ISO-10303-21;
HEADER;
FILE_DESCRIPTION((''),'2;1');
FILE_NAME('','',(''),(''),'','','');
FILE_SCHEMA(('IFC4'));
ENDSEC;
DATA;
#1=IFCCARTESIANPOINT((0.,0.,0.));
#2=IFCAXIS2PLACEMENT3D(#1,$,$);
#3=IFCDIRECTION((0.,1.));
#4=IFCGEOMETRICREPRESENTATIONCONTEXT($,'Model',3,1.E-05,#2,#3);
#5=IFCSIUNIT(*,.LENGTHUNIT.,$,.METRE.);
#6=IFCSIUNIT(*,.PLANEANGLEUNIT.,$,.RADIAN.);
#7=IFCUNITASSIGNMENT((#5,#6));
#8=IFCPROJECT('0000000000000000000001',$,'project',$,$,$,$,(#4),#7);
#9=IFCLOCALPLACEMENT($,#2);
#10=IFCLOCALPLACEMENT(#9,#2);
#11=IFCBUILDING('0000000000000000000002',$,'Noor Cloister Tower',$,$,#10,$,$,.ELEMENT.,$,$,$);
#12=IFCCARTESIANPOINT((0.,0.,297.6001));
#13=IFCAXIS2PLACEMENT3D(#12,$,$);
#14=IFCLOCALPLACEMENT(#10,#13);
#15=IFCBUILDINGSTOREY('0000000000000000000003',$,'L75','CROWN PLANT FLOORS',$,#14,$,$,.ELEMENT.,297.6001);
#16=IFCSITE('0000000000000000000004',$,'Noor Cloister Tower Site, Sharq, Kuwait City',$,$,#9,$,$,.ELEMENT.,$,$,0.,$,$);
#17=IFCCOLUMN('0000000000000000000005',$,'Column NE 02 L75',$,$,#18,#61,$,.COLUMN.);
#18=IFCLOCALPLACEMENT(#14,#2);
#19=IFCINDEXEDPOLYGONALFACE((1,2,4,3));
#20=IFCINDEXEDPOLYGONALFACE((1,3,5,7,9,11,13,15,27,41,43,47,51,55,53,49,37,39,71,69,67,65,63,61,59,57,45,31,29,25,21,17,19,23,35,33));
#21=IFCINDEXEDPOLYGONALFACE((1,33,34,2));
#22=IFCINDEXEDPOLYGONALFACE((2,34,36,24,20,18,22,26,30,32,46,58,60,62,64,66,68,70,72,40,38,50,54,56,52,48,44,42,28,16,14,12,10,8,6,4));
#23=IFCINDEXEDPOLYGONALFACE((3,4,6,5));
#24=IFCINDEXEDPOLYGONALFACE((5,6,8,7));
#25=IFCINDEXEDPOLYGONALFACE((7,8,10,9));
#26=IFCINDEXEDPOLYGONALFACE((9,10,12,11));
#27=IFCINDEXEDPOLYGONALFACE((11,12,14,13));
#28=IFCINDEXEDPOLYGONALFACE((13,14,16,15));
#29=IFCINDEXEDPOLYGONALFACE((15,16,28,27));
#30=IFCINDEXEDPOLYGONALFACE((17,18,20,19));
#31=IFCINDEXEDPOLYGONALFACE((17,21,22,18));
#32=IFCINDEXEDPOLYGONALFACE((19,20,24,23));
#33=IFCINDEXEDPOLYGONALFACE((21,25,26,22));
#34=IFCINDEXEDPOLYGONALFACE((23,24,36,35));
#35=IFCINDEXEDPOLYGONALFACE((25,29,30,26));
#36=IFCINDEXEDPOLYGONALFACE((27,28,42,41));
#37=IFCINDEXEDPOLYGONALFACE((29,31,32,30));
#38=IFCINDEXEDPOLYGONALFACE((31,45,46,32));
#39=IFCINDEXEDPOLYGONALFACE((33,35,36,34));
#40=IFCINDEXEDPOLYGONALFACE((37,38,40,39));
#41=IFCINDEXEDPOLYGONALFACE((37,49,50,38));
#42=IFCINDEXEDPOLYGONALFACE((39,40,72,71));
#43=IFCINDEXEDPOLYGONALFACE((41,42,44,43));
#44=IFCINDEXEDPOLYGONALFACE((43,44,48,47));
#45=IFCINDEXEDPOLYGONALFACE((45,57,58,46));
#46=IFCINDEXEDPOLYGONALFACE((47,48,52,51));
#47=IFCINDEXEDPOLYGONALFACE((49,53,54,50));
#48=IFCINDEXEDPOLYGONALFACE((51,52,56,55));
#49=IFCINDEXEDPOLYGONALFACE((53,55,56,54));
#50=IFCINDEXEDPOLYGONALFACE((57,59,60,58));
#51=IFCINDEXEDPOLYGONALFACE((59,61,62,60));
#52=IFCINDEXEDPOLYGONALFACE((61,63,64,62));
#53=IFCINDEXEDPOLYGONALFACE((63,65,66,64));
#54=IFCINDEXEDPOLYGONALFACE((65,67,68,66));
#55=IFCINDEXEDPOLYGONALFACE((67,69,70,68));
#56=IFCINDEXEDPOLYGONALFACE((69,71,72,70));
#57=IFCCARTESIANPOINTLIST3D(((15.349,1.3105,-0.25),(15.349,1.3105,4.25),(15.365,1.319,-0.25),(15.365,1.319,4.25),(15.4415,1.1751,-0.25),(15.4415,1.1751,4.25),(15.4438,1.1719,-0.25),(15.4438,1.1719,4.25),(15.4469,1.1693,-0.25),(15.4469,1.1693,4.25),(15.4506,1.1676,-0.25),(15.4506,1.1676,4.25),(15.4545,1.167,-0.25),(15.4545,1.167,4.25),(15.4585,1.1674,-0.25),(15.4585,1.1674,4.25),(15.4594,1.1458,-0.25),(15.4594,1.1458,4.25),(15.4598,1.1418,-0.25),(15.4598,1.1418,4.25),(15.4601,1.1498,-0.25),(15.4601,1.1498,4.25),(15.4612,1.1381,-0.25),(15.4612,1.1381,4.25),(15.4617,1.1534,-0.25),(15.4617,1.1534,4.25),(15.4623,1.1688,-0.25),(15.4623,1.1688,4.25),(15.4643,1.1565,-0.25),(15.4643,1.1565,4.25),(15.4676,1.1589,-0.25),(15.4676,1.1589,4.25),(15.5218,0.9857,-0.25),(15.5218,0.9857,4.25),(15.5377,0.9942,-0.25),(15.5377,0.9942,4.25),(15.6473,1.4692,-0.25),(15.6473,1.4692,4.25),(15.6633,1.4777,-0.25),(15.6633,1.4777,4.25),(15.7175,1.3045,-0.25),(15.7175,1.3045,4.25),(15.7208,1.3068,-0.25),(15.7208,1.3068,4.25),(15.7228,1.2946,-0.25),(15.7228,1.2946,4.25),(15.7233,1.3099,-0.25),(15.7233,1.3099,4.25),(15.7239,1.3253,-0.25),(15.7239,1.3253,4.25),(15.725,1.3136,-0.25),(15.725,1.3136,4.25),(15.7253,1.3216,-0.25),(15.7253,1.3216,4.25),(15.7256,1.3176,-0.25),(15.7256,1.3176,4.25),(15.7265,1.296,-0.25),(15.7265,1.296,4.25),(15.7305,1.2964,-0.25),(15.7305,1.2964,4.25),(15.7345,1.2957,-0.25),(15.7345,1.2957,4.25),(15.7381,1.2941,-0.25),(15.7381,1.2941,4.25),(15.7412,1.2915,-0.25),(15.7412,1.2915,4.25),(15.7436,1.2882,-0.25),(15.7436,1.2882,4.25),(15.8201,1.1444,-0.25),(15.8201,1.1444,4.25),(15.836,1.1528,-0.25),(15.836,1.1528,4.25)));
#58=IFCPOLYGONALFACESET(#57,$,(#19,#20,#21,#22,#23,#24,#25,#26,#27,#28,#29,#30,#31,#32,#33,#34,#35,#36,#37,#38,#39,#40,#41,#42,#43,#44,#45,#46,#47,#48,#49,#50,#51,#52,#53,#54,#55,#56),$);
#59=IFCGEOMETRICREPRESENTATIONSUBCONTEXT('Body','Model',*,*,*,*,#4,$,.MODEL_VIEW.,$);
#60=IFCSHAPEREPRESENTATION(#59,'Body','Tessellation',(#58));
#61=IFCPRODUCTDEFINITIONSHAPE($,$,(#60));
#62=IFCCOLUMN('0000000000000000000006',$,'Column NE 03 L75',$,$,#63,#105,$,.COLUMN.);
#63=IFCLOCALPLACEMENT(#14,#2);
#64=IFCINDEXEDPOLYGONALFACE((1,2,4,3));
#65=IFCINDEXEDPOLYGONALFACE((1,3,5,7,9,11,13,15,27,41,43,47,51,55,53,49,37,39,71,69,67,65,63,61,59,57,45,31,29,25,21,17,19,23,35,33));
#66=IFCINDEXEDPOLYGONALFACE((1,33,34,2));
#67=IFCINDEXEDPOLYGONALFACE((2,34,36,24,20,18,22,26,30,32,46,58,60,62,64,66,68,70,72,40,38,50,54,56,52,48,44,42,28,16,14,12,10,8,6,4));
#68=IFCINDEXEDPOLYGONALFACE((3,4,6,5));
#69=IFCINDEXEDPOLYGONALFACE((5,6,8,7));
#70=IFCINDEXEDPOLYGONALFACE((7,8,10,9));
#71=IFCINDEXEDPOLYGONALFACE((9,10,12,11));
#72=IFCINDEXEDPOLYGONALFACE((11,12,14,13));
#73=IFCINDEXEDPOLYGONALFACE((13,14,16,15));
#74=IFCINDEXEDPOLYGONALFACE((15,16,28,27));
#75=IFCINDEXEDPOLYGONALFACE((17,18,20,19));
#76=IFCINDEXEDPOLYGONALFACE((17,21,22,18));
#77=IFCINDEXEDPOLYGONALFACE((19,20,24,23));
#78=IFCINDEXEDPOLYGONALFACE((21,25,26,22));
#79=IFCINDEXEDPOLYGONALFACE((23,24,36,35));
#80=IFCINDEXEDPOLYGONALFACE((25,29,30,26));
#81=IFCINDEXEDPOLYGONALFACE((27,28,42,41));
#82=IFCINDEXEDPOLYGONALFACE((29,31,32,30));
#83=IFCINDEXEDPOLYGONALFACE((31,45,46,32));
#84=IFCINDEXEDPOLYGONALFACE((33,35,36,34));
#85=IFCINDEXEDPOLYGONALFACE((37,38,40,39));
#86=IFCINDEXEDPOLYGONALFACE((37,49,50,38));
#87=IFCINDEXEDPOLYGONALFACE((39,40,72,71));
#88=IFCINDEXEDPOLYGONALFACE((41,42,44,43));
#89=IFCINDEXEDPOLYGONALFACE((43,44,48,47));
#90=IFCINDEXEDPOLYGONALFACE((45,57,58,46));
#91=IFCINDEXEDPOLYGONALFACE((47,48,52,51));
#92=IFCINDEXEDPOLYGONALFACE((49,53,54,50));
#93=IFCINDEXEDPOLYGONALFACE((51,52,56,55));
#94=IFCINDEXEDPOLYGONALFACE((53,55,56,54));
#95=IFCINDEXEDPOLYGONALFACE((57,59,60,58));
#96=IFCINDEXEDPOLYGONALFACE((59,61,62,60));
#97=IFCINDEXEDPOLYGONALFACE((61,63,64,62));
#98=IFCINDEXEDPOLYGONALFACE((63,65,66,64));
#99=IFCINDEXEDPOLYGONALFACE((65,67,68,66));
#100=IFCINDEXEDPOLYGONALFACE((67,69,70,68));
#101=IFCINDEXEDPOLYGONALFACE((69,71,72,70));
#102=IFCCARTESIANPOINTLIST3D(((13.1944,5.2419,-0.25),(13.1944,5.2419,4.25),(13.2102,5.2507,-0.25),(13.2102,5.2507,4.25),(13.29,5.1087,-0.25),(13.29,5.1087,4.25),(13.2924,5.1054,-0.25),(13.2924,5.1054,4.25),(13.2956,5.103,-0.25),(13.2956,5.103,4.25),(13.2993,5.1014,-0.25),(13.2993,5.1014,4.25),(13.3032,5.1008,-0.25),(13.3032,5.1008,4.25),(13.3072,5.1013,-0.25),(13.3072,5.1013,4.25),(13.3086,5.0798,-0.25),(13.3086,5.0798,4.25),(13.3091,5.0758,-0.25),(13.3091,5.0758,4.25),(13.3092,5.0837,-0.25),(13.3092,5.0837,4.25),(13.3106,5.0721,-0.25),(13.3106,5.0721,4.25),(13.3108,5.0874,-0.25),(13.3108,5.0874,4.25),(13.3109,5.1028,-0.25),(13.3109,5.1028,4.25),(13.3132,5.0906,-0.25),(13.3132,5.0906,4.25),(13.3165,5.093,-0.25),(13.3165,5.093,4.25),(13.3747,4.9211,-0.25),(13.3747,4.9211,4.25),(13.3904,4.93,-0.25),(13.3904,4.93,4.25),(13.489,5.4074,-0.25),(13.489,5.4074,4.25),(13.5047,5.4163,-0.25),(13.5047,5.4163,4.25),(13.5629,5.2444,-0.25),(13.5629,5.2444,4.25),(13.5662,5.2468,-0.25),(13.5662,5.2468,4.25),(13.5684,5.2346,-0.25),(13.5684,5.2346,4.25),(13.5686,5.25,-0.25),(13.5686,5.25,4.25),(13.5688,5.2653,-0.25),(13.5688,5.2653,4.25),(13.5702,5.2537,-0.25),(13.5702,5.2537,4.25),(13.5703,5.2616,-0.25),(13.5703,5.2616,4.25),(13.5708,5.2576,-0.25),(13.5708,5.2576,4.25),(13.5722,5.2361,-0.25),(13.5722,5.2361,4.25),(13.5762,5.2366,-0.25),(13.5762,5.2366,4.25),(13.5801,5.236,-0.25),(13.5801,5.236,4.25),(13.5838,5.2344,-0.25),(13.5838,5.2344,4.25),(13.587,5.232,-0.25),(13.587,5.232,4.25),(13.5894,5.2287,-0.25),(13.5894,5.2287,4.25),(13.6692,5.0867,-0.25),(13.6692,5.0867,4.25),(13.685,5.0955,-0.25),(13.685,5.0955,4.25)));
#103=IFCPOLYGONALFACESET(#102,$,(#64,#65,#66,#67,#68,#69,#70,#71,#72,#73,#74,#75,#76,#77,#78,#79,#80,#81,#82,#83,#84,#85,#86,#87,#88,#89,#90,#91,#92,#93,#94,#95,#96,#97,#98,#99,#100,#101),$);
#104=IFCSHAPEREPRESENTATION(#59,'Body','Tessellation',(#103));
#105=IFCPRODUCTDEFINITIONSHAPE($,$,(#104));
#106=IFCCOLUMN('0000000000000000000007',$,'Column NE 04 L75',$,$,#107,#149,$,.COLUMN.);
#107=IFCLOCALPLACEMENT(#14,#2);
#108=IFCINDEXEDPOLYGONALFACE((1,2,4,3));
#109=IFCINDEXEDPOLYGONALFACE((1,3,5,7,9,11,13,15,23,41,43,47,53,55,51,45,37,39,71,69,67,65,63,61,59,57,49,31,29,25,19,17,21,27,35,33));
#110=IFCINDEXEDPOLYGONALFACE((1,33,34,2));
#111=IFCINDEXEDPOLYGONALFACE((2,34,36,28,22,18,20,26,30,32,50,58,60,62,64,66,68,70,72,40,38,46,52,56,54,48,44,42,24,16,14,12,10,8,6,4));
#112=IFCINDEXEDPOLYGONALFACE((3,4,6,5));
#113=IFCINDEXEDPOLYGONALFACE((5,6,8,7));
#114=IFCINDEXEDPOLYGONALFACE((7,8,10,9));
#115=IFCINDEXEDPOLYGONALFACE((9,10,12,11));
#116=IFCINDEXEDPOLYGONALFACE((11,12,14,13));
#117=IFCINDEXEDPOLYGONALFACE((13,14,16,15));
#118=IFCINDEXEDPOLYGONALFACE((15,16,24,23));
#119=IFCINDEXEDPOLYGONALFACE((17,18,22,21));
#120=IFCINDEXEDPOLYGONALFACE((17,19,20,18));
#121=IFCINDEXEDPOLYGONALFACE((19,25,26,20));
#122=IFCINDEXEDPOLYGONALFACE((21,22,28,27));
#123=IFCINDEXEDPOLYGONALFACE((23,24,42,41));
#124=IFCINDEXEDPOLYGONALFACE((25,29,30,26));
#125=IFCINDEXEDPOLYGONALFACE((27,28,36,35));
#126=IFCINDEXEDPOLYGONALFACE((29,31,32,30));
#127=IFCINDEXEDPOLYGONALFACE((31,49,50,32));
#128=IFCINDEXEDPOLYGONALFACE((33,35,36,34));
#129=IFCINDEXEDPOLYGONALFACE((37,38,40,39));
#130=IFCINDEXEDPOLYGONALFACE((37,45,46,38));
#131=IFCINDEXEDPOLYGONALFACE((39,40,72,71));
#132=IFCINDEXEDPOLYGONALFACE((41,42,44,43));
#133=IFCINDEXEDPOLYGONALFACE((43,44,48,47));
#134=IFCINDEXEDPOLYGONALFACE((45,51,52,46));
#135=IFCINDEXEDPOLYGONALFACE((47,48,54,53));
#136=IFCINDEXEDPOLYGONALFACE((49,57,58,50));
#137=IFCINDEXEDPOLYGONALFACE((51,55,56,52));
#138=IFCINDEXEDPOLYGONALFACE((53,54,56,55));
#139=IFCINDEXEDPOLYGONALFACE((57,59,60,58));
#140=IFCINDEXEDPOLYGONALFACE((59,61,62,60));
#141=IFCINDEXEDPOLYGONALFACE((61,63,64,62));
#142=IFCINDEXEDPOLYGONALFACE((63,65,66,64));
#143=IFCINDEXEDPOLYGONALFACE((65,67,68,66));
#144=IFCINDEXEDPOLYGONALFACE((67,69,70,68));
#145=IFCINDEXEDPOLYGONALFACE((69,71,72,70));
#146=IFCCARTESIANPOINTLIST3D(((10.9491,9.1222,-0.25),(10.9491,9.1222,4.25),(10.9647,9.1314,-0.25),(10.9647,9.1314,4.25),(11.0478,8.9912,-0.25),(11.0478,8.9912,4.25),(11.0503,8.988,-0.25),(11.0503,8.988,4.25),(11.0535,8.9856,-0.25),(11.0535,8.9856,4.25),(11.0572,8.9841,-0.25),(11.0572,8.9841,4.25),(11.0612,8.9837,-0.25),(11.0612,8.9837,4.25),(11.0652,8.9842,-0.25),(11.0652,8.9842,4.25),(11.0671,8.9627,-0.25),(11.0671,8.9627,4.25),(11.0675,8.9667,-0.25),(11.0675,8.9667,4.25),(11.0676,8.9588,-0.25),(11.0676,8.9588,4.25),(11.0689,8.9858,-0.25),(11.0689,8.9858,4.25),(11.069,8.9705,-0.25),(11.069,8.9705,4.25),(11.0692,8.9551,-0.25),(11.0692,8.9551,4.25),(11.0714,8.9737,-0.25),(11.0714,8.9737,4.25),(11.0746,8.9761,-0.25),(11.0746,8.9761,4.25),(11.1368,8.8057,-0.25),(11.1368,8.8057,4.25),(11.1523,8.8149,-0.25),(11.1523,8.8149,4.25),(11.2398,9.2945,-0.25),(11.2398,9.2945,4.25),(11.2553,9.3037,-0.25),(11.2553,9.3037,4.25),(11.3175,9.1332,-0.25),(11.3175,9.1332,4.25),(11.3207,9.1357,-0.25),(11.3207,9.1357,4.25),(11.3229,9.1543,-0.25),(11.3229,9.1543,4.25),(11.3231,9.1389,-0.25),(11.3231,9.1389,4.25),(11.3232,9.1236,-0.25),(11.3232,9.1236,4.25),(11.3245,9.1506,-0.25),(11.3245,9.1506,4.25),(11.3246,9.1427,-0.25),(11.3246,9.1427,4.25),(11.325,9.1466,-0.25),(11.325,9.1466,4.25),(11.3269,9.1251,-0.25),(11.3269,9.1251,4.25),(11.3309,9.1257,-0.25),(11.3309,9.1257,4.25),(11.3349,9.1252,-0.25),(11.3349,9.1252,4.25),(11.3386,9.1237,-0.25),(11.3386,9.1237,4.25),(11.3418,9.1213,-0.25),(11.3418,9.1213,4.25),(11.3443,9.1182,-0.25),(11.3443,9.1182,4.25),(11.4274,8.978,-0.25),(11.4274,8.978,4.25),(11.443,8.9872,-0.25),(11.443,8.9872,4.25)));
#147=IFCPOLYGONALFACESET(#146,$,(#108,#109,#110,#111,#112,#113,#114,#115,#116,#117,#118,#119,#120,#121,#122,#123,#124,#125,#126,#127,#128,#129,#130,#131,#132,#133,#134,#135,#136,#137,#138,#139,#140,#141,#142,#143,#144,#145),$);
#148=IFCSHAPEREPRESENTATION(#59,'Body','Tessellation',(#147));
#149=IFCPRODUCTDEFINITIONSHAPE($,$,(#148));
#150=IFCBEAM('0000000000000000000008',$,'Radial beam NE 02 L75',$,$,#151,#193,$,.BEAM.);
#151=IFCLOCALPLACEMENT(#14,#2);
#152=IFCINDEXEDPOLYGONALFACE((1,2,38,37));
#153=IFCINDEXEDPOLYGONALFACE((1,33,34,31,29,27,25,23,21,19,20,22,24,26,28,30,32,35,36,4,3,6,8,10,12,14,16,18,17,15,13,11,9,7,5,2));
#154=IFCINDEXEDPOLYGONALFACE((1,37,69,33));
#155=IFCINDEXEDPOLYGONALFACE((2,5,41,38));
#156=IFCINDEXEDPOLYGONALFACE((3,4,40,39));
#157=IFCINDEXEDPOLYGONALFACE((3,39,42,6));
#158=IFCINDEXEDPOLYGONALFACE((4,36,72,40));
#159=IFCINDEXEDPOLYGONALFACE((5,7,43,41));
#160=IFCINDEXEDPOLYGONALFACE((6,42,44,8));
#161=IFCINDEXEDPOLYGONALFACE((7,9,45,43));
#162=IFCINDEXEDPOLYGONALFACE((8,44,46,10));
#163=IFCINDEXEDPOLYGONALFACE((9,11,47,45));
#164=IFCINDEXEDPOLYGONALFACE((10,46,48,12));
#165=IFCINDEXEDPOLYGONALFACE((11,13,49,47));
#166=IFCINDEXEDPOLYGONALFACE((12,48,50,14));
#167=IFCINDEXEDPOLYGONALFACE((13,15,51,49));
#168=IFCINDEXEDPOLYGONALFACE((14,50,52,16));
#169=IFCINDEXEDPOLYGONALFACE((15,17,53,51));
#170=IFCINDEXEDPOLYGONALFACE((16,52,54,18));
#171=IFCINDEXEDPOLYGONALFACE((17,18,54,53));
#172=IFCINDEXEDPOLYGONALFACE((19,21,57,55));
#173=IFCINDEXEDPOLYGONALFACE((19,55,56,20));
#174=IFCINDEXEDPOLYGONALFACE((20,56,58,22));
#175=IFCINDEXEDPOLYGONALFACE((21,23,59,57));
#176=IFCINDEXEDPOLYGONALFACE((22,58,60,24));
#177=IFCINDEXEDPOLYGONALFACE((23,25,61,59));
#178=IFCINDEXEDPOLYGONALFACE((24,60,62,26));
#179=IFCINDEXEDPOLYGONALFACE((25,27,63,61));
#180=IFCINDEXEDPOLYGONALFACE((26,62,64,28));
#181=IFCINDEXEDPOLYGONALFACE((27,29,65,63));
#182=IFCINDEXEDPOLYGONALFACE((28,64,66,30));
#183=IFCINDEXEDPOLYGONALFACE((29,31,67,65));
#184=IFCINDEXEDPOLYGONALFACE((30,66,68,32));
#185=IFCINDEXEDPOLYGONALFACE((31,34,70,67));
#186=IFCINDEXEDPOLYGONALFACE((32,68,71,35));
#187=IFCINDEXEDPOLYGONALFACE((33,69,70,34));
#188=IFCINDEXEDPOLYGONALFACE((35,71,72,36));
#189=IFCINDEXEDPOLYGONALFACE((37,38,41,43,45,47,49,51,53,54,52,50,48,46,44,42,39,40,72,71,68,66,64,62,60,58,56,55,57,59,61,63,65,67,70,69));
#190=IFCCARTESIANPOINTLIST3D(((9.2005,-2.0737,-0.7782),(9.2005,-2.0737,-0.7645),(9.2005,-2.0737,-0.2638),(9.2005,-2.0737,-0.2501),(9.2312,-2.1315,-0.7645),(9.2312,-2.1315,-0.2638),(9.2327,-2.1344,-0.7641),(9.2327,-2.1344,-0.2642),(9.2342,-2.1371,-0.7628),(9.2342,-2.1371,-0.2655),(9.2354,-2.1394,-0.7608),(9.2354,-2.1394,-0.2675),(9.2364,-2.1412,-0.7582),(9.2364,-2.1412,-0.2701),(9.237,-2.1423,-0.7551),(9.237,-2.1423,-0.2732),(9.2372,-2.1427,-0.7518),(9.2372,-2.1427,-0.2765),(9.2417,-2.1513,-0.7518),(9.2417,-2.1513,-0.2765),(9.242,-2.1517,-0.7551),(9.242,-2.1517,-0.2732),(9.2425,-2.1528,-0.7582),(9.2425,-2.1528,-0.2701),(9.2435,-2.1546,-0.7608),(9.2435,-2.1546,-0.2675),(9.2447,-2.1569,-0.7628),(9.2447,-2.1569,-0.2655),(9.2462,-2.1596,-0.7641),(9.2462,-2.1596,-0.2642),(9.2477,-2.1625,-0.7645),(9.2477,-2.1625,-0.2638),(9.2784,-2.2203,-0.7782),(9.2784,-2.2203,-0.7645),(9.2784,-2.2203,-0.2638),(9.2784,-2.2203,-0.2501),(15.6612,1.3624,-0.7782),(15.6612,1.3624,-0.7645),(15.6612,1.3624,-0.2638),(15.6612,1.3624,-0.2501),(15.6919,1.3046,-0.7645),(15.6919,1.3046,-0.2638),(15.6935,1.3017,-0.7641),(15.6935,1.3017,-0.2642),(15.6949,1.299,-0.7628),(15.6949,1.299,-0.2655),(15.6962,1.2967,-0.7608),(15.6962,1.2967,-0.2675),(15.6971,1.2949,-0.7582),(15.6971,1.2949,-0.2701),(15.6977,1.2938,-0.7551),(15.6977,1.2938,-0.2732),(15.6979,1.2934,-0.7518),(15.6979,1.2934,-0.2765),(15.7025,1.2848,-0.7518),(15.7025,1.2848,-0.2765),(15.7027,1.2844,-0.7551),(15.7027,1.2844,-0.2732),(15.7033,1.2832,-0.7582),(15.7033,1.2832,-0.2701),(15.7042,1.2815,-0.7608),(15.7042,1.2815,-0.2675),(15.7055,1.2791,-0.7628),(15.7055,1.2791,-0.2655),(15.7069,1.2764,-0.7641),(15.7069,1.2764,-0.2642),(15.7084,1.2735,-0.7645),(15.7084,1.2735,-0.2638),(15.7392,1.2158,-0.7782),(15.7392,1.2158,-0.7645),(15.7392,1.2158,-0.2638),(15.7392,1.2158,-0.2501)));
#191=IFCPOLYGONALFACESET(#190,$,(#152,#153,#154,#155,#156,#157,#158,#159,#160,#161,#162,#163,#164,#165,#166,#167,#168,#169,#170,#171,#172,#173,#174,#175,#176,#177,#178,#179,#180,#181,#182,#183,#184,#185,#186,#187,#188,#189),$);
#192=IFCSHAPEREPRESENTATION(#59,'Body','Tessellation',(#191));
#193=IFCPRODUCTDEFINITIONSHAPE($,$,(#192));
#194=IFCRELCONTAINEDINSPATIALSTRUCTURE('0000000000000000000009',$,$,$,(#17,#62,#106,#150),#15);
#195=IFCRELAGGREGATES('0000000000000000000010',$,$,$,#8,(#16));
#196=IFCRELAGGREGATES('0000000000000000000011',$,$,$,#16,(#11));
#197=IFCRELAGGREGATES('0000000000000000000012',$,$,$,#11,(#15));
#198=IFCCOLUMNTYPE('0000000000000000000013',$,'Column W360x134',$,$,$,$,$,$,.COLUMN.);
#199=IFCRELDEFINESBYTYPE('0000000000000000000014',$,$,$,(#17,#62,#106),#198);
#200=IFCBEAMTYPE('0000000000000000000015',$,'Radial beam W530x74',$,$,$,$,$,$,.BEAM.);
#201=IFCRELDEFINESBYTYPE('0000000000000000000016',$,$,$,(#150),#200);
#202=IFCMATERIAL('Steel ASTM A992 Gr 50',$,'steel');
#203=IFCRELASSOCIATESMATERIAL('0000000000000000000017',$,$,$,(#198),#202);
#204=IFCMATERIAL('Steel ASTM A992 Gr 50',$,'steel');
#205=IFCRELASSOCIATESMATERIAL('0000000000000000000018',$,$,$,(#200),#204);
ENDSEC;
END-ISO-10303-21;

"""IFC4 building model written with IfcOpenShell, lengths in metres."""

from ifc_helpers import new_model, si_unit, direction, frame, origin, origin_2d, place, context, subcontext, project, spatial, i_section, extrude, material, material_profile, profile_set, type_object, element, save


model = new_model("IFC4")

# Units and contexts
model_context = context("Model", 3, precision=1e-05, world=origin(), true_north=direction((0.0, 1.0)))
body_context = subcontext(model_context, "Body", "Model", "MODEL_VIEW")
ifc_project = project(units=[si_unit("LENGTHUNIT", "METRE"), si_unit("PLANEANGLEUNIT", "RADIAN")], contexts=[model_context])

# Site, building, storey
site_placement = place(None, origin())
site = spatial("IfcSite", under=ifc_project, at=site_placement, Name="Noor Cloister Tower Site, Sharq, Kuwait City", CompositionType="ELEMENT", RefElevation=0.0)
building_placement = place(site_placement, origin())
building = spatial("IfcBuilding", under=site, at=building_placement, Name="Noor Cloister Tower", CompositionType="ELEMENT")
storey_placement = place(building_placement, frame((0.0, 0.0, 297.6001)))
storey = spatial("IfcBuildingStorey", under=building, at=storey_placement, Name="L75", Description="CROWN PLANT FLOORS", CompositionType="ELEMENT", Elevation=297.6001)

# Columns
ifc_material_1 = material(Name="Steel ASTM A992 Gr 50", Category="steel")
ifc_material_profile_1 = material_profile(ifc_material_1, i_section(OverallWidth=0.3679, OverallDepth=0.356, WebThickness=0.0112, FlangeThickness=0.0181, FilletRadius=0.0154, at=origin_2d()), Name="W360x134")
ifc_profile_set_1 = profile_set([ifc_material_profile_1], Name="Steel ASTM A992 Gr 50")
column_type = type_object("IfcColumnType", Name="Column W360x134", PredefinedType="COLUMN", material=ifc_profile_set_1)
for number, where, z_axis, x_axis, name in (
    (1, (15.5925, 1.2317, -0.25), (0.0, 0.0, 1.0), (-0.469576, 0.882892, 0.0), "Column NE 02 L75"),
    (2, (13.4397, 5.1687, -0.25), (0.0, 0.0, 1.0), (-0.489924, 0.871765, 0.0), "Column NE 03 L75"),
    (3, (11.196, 9.0547, -0.25), (0.0, 0.0, 1.0), (-0.510009, 0.860169, 0.0), "Column NE 04 L75"),
):
    element("IfcColumn", number, at=place(storey_placement, frame(where, z_axis=z_axis, x_axis=x_axis)), inside=storey, type_object=column_type, Name=name, PredefinedType="COLUMN", context=body_context, shape_type="SweptSolid", body=[
        extrude(i_section(OverallWidth=0.3679, OverallDepth=0.356, WebThickness=0.0112, FlangeThickness=0.0181, FilletRadius=0.0154, at=origin_2d()), origin(), (0.0, 0.0, 1.0), 4.5),
    ])

# Beam
ifc_material_2 = material(Name="Steel ASTM A992 Gr 50", Category="steel")
ifc_material_profile_2 = material_profile(ifc_material_2, i_section(OverallWidth=0.166, OverallDepth=0.5281, WebThickness=0.0098, FlangeThickness=0.0137, FilletRadius=0.0127, at=origin_2d()), Name="W530x74")
ifc_profile_set_2 = profile_set([ifc_material_profile_2], Name="Steel ASTM A992 Gr 50")
beam_type_1 = type_object("IfcBeamType", Name="Radial beam W530x74", PredefinedType="BEAM", material=ifc_profile_set_2)
beam_1_placement = place(storey_placement, frame((15.7002, 1.2891, -0.5142), z_axis=(-0.882901, -0.469559, 0.0), x_axis=(0.469559, -0.882901, 0.0)))
element("IfcBeam", 4, at=beam_1_placement, inside=storey, type_object=beam_type_1, Name="Radial beam NE 02 L75", PredefinedType="BEAM", context=body_context, shape_type="SweptSolid", body=[
    extrude(i_section(OverallWidth=0.166, OverallDepth=0.5281, WebThickness=0.0098, FlangeThickness=0.0137, FilletRadius=0.0127, at=origin_2d()), origin(), (0.0, 0.0, 1.0), 7.3176),
])

save(model, "model.ifc")
